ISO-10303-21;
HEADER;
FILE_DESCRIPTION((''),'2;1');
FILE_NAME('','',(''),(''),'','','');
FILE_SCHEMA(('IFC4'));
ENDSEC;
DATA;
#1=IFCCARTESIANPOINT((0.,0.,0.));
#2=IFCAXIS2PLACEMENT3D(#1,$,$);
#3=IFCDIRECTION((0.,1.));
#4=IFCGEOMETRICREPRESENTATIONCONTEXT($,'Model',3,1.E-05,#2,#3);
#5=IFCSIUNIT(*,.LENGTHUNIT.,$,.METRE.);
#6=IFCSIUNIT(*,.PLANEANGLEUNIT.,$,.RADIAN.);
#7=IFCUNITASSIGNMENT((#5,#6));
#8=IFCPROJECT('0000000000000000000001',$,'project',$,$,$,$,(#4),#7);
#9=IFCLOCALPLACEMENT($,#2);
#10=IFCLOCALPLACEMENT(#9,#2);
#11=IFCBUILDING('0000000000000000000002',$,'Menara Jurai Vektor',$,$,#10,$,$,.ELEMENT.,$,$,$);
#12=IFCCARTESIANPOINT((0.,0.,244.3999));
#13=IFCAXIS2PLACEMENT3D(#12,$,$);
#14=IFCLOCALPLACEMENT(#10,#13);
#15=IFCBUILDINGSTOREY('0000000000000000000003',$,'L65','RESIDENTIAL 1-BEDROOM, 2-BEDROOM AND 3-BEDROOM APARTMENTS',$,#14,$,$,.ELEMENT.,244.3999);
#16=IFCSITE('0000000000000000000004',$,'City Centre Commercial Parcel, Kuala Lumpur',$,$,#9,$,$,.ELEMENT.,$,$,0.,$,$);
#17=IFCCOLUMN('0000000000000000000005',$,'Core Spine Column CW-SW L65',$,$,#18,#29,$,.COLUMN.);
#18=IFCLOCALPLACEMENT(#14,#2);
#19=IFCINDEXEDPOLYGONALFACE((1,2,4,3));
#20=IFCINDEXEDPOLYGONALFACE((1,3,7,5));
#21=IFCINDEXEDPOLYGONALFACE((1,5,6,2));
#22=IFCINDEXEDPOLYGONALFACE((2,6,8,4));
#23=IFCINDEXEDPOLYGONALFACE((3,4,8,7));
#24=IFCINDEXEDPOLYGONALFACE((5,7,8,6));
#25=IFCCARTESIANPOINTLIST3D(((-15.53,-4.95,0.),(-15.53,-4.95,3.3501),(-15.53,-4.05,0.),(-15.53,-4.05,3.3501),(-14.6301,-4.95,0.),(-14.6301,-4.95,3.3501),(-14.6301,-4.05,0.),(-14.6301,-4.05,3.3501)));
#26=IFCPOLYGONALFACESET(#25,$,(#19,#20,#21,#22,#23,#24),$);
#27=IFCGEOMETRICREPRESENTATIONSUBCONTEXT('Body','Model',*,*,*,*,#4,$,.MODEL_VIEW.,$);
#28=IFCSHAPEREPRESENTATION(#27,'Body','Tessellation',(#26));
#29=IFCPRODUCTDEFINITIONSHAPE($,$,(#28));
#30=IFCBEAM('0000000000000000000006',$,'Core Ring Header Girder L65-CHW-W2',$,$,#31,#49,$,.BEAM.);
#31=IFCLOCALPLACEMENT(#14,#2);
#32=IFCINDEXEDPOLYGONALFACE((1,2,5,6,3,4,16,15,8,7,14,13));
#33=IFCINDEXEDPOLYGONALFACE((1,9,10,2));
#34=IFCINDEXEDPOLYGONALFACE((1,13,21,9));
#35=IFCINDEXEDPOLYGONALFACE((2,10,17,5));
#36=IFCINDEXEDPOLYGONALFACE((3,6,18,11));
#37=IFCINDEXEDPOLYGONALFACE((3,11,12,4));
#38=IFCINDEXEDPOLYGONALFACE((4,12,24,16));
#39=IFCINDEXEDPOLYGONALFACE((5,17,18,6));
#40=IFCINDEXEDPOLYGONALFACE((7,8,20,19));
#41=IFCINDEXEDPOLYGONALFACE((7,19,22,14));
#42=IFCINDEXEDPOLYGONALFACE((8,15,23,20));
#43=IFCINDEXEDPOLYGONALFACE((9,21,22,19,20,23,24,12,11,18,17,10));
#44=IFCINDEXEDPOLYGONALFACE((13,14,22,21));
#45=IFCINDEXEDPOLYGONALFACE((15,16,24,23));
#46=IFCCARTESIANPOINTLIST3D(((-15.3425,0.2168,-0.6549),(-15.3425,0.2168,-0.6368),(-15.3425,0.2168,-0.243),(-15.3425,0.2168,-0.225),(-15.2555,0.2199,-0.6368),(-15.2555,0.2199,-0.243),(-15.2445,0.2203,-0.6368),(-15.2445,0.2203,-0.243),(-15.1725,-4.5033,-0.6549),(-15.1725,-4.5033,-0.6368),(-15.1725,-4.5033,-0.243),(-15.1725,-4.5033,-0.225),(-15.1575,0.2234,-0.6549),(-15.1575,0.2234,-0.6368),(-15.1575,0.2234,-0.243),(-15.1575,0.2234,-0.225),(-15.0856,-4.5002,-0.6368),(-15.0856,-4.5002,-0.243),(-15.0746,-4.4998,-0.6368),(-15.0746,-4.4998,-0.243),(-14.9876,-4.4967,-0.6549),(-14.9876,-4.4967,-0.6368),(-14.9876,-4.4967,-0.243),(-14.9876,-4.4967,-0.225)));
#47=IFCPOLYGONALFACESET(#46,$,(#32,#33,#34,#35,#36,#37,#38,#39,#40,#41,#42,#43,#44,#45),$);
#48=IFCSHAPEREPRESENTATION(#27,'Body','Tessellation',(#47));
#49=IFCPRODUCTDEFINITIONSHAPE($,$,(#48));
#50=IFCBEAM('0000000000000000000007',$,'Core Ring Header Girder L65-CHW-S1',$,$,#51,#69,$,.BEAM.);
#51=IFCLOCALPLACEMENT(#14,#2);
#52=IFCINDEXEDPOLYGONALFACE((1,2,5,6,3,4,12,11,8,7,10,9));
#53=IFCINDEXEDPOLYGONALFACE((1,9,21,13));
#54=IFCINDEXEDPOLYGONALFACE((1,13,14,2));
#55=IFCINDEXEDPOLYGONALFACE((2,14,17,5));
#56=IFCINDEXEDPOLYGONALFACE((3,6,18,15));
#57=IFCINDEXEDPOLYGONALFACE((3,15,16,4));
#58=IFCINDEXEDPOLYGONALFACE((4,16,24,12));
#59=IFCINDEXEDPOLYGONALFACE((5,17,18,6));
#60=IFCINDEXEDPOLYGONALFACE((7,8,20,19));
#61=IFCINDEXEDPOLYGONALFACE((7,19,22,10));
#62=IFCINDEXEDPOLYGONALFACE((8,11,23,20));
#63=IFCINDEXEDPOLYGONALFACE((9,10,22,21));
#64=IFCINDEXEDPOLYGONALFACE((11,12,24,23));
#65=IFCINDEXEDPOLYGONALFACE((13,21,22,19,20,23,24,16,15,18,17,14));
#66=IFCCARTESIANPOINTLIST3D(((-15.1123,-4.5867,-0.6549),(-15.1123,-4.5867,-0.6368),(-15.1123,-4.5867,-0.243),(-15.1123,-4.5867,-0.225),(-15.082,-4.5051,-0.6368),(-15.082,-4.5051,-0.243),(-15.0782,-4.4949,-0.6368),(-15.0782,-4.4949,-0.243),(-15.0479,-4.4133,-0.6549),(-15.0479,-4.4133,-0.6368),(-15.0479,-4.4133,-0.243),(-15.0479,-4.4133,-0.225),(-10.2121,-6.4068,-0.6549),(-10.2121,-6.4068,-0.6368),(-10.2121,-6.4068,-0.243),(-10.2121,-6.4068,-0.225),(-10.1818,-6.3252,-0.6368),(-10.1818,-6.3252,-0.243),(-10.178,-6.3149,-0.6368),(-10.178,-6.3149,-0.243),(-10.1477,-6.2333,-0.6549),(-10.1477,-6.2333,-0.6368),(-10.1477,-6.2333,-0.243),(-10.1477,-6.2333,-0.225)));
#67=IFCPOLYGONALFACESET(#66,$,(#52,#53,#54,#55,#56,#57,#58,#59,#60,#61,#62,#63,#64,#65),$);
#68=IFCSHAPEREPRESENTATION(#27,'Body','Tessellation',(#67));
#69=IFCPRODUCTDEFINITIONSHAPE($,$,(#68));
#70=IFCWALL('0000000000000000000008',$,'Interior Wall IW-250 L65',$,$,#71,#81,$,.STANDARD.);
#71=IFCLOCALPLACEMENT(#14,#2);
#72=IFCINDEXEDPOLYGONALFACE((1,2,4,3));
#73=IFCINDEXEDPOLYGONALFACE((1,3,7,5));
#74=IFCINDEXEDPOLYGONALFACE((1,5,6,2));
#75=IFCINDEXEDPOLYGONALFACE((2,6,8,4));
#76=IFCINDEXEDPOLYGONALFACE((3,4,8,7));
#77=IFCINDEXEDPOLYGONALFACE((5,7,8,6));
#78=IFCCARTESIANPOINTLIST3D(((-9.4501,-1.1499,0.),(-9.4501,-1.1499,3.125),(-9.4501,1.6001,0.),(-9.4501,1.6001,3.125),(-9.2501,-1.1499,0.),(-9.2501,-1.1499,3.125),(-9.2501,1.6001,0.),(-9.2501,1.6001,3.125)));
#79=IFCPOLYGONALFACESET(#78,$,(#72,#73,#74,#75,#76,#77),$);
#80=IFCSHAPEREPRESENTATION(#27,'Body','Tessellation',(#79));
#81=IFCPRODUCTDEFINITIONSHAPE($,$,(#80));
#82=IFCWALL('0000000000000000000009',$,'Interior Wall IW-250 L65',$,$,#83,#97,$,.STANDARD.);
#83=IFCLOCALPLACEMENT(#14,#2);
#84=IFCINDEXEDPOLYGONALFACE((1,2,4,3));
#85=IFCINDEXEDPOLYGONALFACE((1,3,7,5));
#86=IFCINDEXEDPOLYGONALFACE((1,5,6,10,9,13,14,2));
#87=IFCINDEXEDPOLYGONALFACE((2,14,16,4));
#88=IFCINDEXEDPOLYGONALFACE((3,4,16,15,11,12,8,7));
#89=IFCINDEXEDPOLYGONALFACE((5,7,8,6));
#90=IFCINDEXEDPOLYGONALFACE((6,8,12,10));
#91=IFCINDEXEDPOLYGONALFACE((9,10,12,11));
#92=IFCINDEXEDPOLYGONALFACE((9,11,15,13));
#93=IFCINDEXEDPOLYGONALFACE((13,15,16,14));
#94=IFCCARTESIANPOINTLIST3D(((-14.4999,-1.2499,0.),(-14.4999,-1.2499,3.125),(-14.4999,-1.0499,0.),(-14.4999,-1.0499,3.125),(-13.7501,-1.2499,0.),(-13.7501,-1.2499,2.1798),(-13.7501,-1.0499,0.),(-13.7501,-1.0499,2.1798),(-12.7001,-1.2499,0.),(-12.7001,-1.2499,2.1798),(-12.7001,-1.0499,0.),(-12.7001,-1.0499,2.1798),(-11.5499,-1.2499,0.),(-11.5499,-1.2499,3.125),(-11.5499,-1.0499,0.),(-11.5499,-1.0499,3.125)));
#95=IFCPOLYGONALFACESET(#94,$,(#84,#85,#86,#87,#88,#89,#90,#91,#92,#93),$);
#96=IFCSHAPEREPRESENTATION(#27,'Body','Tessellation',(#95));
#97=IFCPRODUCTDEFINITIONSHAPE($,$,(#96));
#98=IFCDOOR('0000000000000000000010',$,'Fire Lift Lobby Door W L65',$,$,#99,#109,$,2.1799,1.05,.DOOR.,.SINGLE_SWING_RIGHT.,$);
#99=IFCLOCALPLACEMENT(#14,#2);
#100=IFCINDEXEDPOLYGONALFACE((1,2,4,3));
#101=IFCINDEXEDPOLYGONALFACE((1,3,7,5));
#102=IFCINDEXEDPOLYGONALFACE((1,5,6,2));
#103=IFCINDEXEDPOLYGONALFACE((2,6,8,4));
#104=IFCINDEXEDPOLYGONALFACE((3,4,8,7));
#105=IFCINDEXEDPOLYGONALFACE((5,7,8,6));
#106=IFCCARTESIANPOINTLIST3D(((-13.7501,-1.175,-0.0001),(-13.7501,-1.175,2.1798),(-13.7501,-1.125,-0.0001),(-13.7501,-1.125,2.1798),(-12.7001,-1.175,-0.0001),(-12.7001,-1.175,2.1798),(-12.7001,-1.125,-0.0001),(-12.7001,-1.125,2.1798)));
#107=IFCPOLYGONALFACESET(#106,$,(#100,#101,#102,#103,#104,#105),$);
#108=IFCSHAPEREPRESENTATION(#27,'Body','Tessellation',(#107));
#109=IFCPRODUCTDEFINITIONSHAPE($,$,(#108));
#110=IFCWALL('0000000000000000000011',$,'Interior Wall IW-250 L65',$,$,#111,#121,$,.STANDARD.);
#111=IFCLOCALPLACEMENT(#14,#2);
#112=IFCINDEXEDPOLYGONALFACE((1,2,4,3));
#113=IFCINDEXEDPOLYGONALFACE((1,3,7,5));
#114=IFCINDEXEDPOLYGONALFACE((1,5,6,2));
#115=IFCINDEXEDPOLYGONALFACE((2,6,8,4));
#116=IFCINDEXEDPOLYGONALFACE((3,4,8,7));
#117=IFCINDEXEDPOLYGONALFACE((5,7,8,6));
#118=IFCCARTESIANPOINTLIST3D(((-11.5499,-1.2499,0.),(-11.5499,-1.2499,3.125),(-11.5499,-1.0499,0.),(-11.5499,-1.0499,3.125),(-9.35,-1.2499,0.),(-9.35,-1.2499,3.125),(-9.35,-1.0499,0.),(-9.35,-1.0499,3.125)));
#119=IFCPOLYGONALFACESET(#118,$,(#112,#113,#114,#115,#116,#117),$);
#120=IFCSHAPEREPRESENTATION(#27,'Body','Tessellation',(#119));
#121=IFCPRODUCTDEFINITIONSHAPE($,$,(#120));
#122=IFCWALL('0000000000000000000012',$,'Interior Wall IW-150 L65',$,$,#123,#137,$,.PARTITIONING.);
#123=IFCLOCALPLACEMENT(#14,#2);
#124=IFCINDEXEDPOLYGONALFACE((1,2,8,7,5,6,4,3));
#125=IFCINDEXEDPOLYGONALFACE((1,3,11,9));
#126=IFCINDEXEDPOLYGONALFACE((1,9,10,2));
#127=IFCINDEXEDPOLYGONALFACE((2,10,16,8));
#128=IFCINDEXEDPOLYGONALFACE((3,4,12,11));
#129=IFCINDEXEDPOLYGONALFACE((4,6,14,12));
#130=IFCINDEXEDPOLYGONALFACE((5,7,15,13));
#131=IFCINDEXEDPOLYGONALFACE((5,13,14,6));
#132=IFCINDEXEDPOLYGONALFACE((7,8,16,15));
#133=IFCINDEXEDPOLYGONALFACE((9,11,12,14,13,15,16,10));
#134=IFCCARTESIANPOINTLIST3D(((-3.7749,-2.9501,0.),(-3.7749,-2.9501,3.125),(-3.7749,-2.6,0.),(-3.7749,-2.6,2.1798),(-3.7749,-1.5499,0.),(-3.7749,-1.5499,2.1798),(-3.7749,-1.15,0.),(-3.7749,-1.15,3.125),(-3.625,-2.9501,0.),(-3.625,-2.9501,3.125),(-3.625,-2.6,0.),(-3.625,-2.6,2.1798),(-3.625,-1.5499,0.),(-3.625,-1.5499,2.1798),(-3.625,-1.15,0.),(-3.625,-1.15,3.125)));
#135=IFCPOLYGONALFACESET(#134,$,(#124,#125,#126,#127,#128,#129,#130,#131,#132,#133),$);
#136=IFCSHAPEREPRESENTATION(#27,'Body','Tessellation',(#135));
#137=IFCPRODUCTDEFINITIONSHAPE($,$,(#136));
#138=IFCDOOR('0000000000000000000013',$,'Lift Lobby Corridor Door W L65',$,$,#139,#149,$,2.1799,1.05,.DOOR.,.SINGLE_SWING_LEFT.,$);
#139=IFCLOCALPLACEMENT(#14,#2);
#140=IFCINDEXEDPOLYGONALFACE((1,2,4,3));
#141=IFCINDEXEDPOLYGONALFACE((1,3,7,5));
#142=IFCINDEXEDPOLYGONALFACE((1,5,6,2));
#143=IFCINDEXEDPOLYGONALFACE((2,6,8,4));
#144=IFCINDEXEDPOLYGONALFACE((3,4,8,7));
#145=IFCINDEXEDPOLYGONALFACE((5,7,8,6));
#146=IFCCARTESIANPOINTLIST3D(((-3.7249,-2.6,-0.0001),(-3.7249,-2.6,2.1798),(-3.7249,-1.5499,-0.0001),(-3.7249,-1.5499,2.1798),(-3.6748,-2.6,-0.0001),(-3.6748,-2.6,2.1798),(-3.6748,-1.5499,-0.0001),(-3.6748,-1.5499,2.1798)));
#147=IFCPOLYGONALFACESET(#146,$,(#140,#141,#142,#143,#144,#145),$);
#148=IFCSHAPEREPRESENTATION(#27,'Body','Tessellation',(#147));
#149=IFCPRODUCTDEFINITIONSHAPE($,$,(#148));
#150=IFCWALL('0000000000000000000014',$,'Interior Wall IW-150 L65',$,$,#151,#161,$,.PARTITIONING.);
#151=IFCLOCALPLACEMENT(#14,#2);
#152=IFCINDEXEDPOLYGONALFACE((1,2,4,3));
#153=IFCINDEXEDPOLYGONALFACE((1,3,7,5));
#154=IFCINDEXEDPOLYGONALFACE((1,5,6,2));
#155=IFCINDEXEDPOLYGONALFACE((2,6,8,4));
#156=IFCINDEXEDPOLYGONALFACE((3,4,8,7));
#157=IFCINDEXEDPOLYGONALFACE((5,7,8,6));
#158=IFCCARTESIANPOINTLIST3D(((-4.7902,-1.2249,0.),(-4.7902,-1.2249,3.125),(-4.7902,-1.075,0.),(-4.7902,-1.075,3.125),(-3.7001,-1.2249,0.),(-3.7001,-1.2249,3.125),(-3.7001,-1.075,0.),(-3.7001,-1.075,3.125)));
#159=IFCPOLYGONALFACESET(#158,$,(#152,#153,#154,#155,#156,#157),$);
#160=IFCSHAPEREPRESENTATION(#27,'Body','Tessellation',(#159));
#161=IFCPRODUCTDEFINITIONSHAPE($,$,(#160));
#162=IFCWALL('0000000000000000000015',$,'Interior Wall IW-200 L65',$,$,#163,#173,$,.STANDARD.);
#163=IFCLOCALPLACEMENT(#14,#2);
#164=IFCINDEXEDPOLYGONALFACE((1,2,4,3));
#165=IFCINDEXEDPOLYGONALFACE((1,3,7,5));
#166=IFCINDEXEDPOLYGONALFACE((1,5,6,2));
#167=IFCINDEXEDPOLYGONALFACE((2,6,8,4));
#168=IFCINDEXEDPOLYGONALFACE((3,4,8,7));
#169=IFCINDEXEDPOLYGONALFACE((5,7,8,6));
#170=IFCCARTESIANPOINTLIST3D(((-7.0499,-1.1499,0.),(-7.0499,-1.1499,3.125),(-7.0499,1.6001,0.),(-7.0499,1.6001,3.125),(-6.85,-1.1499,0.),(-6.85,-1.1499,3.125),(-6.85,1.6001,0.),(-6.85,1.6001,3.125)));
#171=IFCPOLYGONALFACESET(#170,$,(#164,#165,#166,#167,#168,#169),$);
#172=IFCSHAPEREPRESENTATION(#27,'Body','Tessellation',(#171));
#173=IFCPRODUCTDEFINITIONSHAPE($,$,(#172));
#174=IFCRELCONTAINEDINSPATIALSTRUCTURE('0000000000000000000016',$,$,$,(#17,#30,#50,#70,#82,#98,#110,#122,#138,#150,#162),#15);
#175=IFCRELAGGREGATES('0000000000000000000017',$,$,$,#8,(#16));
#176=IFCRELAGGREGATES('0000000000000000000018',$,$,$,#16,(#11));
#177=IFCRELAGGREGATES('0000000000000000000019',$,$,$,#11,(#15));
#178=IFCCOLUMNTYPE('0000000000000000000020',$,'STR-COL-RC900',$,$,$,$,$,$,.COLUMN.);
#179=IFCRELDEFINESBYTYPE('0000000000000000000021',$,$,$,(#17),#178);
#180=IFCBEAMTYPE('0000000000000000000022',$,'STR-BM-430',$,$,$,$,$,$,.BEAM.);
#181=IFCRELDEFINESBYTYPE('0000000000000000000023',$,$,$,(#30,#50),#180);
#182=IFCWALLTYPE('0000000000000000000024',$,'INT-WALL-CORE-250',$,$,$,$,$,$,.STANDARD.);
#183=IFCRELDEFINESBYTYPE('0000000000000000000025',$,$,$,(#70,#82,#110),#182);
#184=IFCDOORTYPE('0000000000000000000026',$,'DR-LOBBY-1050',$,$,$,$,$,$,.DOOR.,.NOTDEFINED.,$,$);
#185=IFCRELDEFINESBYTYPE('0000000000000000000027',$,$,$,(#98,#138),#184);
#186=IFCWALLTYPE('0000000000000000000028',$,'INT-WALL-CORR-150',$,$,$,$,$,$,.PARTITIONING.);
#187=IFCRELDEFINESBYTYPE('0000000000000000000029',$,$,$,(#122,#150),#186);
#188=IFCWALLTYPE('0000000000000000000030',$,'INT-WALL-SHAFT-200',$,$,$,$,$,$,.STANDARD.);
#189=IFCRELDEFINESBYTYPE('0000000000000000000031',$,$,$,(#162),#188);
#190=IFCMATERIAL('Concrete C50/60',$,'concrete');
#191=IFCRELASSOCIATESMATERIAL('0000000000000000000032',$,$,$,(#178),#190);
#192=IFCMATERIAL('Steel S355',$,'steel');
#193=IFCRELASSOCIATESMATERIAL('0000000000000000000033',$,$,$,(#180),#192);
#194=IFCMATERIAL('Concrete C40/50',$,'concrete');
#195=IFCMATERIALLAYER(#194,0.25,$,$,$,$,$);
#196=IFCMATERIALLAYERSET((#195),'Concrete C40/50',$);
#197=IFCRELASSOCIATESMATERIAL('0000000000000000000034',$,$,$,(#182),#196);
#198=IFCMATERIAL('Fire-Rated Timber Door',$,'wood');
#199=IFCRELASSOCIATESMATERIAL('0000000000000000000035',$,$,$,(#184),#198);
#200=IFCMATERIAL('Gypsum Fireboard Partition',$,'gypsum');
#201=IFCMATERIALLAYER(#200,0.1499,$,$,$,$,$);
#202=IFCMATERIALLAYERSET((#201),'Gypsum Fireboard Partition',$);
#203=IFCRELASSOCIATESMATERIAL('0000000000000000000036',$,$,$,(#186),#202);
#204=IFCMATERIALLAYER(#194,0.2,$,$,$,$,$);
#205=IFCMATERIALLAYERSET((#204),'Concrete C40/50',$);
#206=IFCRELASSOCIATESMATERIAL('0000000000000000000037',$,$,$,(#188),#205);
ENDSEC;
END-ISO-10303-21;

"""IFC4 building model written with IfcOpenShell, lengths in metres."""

from ifc_helpers import new_model, si_unit, direction, frame, frame_2d, origin, origin_2d, place, context, subcontext, project, spatial, rectangle, i_section, extrude, material, layer, layer_set, material_profile, profile_set, type_object, element, fill, save


model = new_model("IFC4")

# Units and contexts
model_context = context("Model", 3, precision=1e-05, world=origin(), true_north=direction((0.0, 1.0)))
body_context = subcontext(model_context, "Body", "Model", "MODEL_VIEW")
ifc_project = project(units=[si_unit("LENGTHUNIT", "METRE"), si_unit("PLANEANGLEUNIT", "RADIAN")], contexts=[model_context])

# Site, building, storey
site_placement = place(None, origin())
site = spatial("IfcSite", under=ifc_project, at=site_placement, Name="City Centre Commercial Parcel, Kuala Lumpur", CompositionType="ELEMENT", RefElevation=0.0)
building_placement = place(site_placement, origin())
building = spatial("IfcBuilding", under=site, at=building_placement, Name="Menara Jurai Vektor", CompositionType="ELEMENT")
storey_placement = place(building_placement, frame((0.0, 0.0, 244.3999)))
storey = spatial("IfcBuildingStorey", under=building, at=storey_placement, Name="L65", Description="RESIDENTIAL 1-BEDROOM, 2-BEDROOM AND 3-BEDROOM APARTMENTS", CompositionType="ELEMENT", Elevation=244.3999)

# Column
ifc_material_1 = material(Name="Concrete C50/60", Category="concrete")
ifc_material_profile_1 = material_profile(ifc_material_1, rectangle(XDim=0.8999, YDim=0.8999, at=origin_2d()), Name="RC 900x900")
ifc_profile_set_1 = profile_set([ifc_material_profile_1], Name="Concrete C50/60")
column_type = type_object("IfcColumnType", Name="STR-COL-RC900", PredefinedType="COLUMN", material=ifc_profile_set_1)
column_placement = place(storey_placement, frame((-15.0801, -4.5, 0.0), z_axis=(0.0, 0.0, 1.0), x_axis=(1.0, 0.0, 0.0)))
element("IfcColumn", 1, at=column_placement, inside=storey, type_object=column_type, Name="Core Spine Column CW-SW L65", PredefinedType="COLUMN", context=body_context, shape_type="SweptSolid", body=[
    extrude(rectangle(XDim=0.8999, YDim=0.8999, at=origin_2d()), origin(), (0.0, 0.0, 1.0), 3.3501),
])

# Beams
ifc_material_2 = material(Name="Steel S355", Category="steel")
ifc_material_profile_2 = material_profile(ifc_material_2, i_section(OverallWidth=0.1851, OverallDepth=0.4299, WebThickness=0.011, FlangeThickness=0.0181, at=origin_2d()), Name="PG 430x185x76")
ifc_profile_set_2 = profile_set([ifc_material_profile_2], Name="Steel S355")
beam_type = type_object("IfcBeamType", Name="STR-BM-430", PredefinedType="BEAM", material=ifc_profile_set_2)
beam_1_placement = place(storey_placement, frame((-15.0801, -4.5, -0.4399), z_axis=(-0.035977, 0.999353, 0.0), x_axis=(-0.999353, -0.035977, 0.0)))
element("IfcBeam", 2, at=beam_1_placement, inside=storey, type_object=beam_type, Name="Core Ring Header Girder L65-CHW-W2", PredefinedType="BEAM", context=body_context, shape_type="SweptSolid", body=[
    extrude(i_section(OverallWidth=0.1851, OverallDepth=0.4299, WebThickness=0.011, FlangeThickness=0.0181, at=origin_2d()), origin(), (0.0, 0.0, 1.0), 4.7231),
])
beam_2_placement = place(storey_placement, frame((-15.0801, -4.5, -0.4399), z_axis=(0.937424, -0.348189, 0.0), x_axis=(0.348189, 0.937424, 0.0)))
element("IfcBeam", 3, at=beam_2_placement, inside=storey, type_object=beam_type, Name="Core Ring Header Girder L65-CHW-S1", PredefinedType="BEAM", context=body_context, shape_type="SweptSolid", body=[
    extrude(i_section(OverallWidth=0.1851, OverallDepth=0.4299, WebThickness=0.011, FlangeThickness=0.0181, at=origin_2d()), origin(), (0.0, 0.0, 1.0), 5.2273),
])

# Shared definitions
ifc_material_3 = material(Name="Concrete C40/50", Category="concrete")
ifc_layer_1 = layer(ifc_material_3, 0.25)
ifc_layer_set_1 = layer_set([ifc_layer_1], Name="Concrete C40/50")
wall_type_1 = type_object("IfcWallType", Name="INT-WALL-CORE-250", PredefinedType="STANDARD", material=ifc_layer_set_1)

# Wall
wall_1_placement = place(storey_placement, frame((-9.3501, -1.1499, 0.0), z_axis=(0.0, 0.0, 1.0), x_axis=(0.0, 1.0, 0.0)))
element("IfcWall", 4, at=wall_1_placement, inside=storey, type_object=wall_type_1, Name="Interior Wall IW-250 L65", PredefinedType="STANDARD", context=body_context, shape_type="SweptSolid", body=[
    extrude(rectangle(XDim=2.75, YDim=0.2, at=frame_2d((1.375, 0.0))), origin(), (0.0, 0.0, 1.0), 3.125),
])

# Wall, opening, door
wall_2_placement = place(storey_placement, frame((-14.5, -1.1499, 0.0), z_axis=(0.0, 0.0, 1.0), x_axis=(1.0, 0.0, 0.0)))
wall_2 = element("IfcWall", 5, at=wall_2_placement, inside=storey, type_object=wall_type_1, Name="Interior Wall IW-250 L65", PredefinedType="STANDARD", context=body_context, shape_type="SweptSolid", body=[
    extrude(rectangle(XDim=2.95, YDim=0.2, at=frame_2d((1.4751, 0.0))), origin(), (0.0, 0.0, 1.0), 3.125),
])
opening_1_placement = place(wall_2_placement, frame((0.75, 0.0, 0.0)))
opening_1 = element("IfcOpeningElement", 6, at=opening_1_placement, cuts=wall_2, PredefinedType="OPENING", context=body_context, shape_type="SweptSolid", body=[
    extrude(rectangle(XDim=1.05, YDim=2.1799, at=frame_2d((0.5249, 1.0898))), frame((0.0, 0.1099, 0.0), z_axis=(0.0, -1.0, 0.0), x_axis=(1.0, 0.0, 0.0)), (0.0, 0.0, 1.0), 0.22),
])
ifc_material_4 = material(Name="Fire-Rated Timber Door", Category="wood")
door_type_1 = type_object("IfcDoorType", Name="DR-LOBBY-1050", OperationType="NOTDEFINED", PredefinedType="DOOR", material=ifc_material_4)
door_1_placement = place(opening_1_placement, origin())
door_1 = element("IfcDoor", 7, at=door_1_placement, inside=storey, type_object=door_type_1, Name="Fire Lift Lobby Door W L65", OperationType="SINGLE_SWING_RIGHT", OverallHeight=2.1799, OverallWidth=1.05, PredefinedType="DOOR", context=body_context, shape_type="SweptSolid", body=[
    extrude(rectangle(XDim=1.05, YDim=2.1799, at=frame_2d((0.5249, 1.0898))), frame((0.0, 0.0249, 0.0), z_axis=(0.0, -1.0, 0.0), x_axis=(1.0, 0.0, 0.0)), (0.0, 0.0, 1.0), 0.05),
])
fill(opening_1, door_1)

# Wall
wall_3_placement = place(storey_placement, frame((-11.55, -1.1499, 0.0), z_axis=(0.0, 0.0, 1.0), x_axis=(1.0, 0.0, 0.0)))
element("IfcWall", 8, at=wall_3_placement, inside=storey, type_object=wall_type_1, Name="Interior Wall IW-250 L65", PredefinedType="STANDARD", context=body_context, shape_type="SweptSolid", body=[
    extrude(rectangle(XDim=2.2, YDim=0.2, at=frame_2d((1.1001, 0.0))), origin(), (0.0, 0.0, 1.0), 3.125),
])

# Wall, opening, door
ifc_material_5 = material(Name="Gypsum Fireboard Partition", Category="gypsum")
ifc_layer_2 = layer(ifc_material_5, 0.1499)
ifc_layer_set_2 = layer_set([ifc_layer_2], Name="Gypsum Fireboard Partition")
wall_type_2 = type_object("IfcWallType", Name="INT-WALL-CORR-150", PredefinedType="PARTITIONING", material=ifc_layer_set_2)
wall_4_placement = place(storey_placement, frame((-3.7, -2.95, 0.0), z_axis=(0.0, 0.0, 1.0), x_axis=(0.0, 1.0, 0.0)))
wall_4 = element("IfcWall", 9, at=wall_4_placement, inside=storey, type_object=wall_type_2, Name="Interior Wall IW-150 L65", PredefinedType="PARTITIONING", context=body_context, shape_type="SweptSolid", body=[
    extrude(rectangle(XDim=1.8, YDim=0.1499, at=frame_2d((0.8999, 0.0))), origin(), (0.0, 0.0, 1.0), 3.125),
])
opening_2_placement = place(wall_4_placement, frame((0.3501, 0.0, 0.0)))
opening_2 = element("IfcOpeningElement", 10, at=opening_2_placement, cuts=wall_4, PredefinedType="OPENING", context=body_context, shape_type="SweptSolid", body=[
    extrude(rectangle(XDim=1.05, YDim=2.1799, at=frame_2d((0.5249, 1.0898))), frame((0.0, 0.085, 0.0), z_axis=(0.0, -1.0, 0.0), x_axis=(1.0, 0.0, 0.0)), (0.0, 0.0, 1.0), 0.1699),
])
door_2_placement = place(opening_2_placement, origin())
door_2 = element("IfcDoor", 11, at=door_2_placement, inside=storey, type_object=door_type_1, Name="Lift Lobby Corridor Door W L65", OperationType="SINGLE_SWING_LEFT", OverallHeight=2.1799, OverallWidth=1.05, PredefinedType="DOOR", context=body_context, shape_type="SweptSolid", body=[
    extrude(rectangle(XDim=1.05, YDim=2.1799, at=frame_2d((0.5249, 1.0898))), frame((0.0, 0.0249, 0.0), z_axis=(0.0, -1.0, 0.0), x_axis=(1.0, 0.0, 0.0)), (0.0, 0.0, 1.0), 0.05),
])
fill(opening_2, door_2)

# Walls
wall_5_placement = place(storey_placement, frame((-4.79, -1.1499, 0.0), z_axis=(0.0, 0.0, 1.0), x_axis=(1.0, 0.0, 0.0)))
element("IfcWall", 12, at=wall_5_placement, inside=storey, type_object=wall_type_2, Name="Interior Wall IW-150 L65", PredefinedType="PARTITIONING", context=body_context, shape_type="SweptSolid", body=[
    extrude(rectangle(XDim=1.0901, YDim=0.1499, at=frame_2d((0.5449, 0.0))), origin(), (0.0, 0.0, 1.0), 3.125),
])
ifc_layer_3 = layer(ifc_material_3, 0.2)
ifc_layer_set_3 = layer_set([ifc_layer_3], Name="Concrete C40/50")
wall_type_3 = type_object("IfcWallType", Name="INT-WALL-SHAFT-200", PredefinedType="STANDARD", material=ifc_layer_set_3)
wall_6_placement = place(storey_placement, frame((-6.95, -1.1499, 0.0), z_axis=(0.0, 0.0, 1.0), x_axis=(0.0, 1.0, 0.0)))
element("IfcWall", 13, at=wall_6_placement, inside=storey, type_object=wall_type_3, Name="Interior Wall IW-200 L65", PredefinedType="STANDARD", context=body_context, shape_type="SweptSolid", body=[
    extrude(rectangle(XDim=2.75, YDim=0.2, at=frame_2d((1.375, 0.0))), origin(), (0.0, 0.0, 1.0), 3.125),
])

save(model, "model.ifc")
